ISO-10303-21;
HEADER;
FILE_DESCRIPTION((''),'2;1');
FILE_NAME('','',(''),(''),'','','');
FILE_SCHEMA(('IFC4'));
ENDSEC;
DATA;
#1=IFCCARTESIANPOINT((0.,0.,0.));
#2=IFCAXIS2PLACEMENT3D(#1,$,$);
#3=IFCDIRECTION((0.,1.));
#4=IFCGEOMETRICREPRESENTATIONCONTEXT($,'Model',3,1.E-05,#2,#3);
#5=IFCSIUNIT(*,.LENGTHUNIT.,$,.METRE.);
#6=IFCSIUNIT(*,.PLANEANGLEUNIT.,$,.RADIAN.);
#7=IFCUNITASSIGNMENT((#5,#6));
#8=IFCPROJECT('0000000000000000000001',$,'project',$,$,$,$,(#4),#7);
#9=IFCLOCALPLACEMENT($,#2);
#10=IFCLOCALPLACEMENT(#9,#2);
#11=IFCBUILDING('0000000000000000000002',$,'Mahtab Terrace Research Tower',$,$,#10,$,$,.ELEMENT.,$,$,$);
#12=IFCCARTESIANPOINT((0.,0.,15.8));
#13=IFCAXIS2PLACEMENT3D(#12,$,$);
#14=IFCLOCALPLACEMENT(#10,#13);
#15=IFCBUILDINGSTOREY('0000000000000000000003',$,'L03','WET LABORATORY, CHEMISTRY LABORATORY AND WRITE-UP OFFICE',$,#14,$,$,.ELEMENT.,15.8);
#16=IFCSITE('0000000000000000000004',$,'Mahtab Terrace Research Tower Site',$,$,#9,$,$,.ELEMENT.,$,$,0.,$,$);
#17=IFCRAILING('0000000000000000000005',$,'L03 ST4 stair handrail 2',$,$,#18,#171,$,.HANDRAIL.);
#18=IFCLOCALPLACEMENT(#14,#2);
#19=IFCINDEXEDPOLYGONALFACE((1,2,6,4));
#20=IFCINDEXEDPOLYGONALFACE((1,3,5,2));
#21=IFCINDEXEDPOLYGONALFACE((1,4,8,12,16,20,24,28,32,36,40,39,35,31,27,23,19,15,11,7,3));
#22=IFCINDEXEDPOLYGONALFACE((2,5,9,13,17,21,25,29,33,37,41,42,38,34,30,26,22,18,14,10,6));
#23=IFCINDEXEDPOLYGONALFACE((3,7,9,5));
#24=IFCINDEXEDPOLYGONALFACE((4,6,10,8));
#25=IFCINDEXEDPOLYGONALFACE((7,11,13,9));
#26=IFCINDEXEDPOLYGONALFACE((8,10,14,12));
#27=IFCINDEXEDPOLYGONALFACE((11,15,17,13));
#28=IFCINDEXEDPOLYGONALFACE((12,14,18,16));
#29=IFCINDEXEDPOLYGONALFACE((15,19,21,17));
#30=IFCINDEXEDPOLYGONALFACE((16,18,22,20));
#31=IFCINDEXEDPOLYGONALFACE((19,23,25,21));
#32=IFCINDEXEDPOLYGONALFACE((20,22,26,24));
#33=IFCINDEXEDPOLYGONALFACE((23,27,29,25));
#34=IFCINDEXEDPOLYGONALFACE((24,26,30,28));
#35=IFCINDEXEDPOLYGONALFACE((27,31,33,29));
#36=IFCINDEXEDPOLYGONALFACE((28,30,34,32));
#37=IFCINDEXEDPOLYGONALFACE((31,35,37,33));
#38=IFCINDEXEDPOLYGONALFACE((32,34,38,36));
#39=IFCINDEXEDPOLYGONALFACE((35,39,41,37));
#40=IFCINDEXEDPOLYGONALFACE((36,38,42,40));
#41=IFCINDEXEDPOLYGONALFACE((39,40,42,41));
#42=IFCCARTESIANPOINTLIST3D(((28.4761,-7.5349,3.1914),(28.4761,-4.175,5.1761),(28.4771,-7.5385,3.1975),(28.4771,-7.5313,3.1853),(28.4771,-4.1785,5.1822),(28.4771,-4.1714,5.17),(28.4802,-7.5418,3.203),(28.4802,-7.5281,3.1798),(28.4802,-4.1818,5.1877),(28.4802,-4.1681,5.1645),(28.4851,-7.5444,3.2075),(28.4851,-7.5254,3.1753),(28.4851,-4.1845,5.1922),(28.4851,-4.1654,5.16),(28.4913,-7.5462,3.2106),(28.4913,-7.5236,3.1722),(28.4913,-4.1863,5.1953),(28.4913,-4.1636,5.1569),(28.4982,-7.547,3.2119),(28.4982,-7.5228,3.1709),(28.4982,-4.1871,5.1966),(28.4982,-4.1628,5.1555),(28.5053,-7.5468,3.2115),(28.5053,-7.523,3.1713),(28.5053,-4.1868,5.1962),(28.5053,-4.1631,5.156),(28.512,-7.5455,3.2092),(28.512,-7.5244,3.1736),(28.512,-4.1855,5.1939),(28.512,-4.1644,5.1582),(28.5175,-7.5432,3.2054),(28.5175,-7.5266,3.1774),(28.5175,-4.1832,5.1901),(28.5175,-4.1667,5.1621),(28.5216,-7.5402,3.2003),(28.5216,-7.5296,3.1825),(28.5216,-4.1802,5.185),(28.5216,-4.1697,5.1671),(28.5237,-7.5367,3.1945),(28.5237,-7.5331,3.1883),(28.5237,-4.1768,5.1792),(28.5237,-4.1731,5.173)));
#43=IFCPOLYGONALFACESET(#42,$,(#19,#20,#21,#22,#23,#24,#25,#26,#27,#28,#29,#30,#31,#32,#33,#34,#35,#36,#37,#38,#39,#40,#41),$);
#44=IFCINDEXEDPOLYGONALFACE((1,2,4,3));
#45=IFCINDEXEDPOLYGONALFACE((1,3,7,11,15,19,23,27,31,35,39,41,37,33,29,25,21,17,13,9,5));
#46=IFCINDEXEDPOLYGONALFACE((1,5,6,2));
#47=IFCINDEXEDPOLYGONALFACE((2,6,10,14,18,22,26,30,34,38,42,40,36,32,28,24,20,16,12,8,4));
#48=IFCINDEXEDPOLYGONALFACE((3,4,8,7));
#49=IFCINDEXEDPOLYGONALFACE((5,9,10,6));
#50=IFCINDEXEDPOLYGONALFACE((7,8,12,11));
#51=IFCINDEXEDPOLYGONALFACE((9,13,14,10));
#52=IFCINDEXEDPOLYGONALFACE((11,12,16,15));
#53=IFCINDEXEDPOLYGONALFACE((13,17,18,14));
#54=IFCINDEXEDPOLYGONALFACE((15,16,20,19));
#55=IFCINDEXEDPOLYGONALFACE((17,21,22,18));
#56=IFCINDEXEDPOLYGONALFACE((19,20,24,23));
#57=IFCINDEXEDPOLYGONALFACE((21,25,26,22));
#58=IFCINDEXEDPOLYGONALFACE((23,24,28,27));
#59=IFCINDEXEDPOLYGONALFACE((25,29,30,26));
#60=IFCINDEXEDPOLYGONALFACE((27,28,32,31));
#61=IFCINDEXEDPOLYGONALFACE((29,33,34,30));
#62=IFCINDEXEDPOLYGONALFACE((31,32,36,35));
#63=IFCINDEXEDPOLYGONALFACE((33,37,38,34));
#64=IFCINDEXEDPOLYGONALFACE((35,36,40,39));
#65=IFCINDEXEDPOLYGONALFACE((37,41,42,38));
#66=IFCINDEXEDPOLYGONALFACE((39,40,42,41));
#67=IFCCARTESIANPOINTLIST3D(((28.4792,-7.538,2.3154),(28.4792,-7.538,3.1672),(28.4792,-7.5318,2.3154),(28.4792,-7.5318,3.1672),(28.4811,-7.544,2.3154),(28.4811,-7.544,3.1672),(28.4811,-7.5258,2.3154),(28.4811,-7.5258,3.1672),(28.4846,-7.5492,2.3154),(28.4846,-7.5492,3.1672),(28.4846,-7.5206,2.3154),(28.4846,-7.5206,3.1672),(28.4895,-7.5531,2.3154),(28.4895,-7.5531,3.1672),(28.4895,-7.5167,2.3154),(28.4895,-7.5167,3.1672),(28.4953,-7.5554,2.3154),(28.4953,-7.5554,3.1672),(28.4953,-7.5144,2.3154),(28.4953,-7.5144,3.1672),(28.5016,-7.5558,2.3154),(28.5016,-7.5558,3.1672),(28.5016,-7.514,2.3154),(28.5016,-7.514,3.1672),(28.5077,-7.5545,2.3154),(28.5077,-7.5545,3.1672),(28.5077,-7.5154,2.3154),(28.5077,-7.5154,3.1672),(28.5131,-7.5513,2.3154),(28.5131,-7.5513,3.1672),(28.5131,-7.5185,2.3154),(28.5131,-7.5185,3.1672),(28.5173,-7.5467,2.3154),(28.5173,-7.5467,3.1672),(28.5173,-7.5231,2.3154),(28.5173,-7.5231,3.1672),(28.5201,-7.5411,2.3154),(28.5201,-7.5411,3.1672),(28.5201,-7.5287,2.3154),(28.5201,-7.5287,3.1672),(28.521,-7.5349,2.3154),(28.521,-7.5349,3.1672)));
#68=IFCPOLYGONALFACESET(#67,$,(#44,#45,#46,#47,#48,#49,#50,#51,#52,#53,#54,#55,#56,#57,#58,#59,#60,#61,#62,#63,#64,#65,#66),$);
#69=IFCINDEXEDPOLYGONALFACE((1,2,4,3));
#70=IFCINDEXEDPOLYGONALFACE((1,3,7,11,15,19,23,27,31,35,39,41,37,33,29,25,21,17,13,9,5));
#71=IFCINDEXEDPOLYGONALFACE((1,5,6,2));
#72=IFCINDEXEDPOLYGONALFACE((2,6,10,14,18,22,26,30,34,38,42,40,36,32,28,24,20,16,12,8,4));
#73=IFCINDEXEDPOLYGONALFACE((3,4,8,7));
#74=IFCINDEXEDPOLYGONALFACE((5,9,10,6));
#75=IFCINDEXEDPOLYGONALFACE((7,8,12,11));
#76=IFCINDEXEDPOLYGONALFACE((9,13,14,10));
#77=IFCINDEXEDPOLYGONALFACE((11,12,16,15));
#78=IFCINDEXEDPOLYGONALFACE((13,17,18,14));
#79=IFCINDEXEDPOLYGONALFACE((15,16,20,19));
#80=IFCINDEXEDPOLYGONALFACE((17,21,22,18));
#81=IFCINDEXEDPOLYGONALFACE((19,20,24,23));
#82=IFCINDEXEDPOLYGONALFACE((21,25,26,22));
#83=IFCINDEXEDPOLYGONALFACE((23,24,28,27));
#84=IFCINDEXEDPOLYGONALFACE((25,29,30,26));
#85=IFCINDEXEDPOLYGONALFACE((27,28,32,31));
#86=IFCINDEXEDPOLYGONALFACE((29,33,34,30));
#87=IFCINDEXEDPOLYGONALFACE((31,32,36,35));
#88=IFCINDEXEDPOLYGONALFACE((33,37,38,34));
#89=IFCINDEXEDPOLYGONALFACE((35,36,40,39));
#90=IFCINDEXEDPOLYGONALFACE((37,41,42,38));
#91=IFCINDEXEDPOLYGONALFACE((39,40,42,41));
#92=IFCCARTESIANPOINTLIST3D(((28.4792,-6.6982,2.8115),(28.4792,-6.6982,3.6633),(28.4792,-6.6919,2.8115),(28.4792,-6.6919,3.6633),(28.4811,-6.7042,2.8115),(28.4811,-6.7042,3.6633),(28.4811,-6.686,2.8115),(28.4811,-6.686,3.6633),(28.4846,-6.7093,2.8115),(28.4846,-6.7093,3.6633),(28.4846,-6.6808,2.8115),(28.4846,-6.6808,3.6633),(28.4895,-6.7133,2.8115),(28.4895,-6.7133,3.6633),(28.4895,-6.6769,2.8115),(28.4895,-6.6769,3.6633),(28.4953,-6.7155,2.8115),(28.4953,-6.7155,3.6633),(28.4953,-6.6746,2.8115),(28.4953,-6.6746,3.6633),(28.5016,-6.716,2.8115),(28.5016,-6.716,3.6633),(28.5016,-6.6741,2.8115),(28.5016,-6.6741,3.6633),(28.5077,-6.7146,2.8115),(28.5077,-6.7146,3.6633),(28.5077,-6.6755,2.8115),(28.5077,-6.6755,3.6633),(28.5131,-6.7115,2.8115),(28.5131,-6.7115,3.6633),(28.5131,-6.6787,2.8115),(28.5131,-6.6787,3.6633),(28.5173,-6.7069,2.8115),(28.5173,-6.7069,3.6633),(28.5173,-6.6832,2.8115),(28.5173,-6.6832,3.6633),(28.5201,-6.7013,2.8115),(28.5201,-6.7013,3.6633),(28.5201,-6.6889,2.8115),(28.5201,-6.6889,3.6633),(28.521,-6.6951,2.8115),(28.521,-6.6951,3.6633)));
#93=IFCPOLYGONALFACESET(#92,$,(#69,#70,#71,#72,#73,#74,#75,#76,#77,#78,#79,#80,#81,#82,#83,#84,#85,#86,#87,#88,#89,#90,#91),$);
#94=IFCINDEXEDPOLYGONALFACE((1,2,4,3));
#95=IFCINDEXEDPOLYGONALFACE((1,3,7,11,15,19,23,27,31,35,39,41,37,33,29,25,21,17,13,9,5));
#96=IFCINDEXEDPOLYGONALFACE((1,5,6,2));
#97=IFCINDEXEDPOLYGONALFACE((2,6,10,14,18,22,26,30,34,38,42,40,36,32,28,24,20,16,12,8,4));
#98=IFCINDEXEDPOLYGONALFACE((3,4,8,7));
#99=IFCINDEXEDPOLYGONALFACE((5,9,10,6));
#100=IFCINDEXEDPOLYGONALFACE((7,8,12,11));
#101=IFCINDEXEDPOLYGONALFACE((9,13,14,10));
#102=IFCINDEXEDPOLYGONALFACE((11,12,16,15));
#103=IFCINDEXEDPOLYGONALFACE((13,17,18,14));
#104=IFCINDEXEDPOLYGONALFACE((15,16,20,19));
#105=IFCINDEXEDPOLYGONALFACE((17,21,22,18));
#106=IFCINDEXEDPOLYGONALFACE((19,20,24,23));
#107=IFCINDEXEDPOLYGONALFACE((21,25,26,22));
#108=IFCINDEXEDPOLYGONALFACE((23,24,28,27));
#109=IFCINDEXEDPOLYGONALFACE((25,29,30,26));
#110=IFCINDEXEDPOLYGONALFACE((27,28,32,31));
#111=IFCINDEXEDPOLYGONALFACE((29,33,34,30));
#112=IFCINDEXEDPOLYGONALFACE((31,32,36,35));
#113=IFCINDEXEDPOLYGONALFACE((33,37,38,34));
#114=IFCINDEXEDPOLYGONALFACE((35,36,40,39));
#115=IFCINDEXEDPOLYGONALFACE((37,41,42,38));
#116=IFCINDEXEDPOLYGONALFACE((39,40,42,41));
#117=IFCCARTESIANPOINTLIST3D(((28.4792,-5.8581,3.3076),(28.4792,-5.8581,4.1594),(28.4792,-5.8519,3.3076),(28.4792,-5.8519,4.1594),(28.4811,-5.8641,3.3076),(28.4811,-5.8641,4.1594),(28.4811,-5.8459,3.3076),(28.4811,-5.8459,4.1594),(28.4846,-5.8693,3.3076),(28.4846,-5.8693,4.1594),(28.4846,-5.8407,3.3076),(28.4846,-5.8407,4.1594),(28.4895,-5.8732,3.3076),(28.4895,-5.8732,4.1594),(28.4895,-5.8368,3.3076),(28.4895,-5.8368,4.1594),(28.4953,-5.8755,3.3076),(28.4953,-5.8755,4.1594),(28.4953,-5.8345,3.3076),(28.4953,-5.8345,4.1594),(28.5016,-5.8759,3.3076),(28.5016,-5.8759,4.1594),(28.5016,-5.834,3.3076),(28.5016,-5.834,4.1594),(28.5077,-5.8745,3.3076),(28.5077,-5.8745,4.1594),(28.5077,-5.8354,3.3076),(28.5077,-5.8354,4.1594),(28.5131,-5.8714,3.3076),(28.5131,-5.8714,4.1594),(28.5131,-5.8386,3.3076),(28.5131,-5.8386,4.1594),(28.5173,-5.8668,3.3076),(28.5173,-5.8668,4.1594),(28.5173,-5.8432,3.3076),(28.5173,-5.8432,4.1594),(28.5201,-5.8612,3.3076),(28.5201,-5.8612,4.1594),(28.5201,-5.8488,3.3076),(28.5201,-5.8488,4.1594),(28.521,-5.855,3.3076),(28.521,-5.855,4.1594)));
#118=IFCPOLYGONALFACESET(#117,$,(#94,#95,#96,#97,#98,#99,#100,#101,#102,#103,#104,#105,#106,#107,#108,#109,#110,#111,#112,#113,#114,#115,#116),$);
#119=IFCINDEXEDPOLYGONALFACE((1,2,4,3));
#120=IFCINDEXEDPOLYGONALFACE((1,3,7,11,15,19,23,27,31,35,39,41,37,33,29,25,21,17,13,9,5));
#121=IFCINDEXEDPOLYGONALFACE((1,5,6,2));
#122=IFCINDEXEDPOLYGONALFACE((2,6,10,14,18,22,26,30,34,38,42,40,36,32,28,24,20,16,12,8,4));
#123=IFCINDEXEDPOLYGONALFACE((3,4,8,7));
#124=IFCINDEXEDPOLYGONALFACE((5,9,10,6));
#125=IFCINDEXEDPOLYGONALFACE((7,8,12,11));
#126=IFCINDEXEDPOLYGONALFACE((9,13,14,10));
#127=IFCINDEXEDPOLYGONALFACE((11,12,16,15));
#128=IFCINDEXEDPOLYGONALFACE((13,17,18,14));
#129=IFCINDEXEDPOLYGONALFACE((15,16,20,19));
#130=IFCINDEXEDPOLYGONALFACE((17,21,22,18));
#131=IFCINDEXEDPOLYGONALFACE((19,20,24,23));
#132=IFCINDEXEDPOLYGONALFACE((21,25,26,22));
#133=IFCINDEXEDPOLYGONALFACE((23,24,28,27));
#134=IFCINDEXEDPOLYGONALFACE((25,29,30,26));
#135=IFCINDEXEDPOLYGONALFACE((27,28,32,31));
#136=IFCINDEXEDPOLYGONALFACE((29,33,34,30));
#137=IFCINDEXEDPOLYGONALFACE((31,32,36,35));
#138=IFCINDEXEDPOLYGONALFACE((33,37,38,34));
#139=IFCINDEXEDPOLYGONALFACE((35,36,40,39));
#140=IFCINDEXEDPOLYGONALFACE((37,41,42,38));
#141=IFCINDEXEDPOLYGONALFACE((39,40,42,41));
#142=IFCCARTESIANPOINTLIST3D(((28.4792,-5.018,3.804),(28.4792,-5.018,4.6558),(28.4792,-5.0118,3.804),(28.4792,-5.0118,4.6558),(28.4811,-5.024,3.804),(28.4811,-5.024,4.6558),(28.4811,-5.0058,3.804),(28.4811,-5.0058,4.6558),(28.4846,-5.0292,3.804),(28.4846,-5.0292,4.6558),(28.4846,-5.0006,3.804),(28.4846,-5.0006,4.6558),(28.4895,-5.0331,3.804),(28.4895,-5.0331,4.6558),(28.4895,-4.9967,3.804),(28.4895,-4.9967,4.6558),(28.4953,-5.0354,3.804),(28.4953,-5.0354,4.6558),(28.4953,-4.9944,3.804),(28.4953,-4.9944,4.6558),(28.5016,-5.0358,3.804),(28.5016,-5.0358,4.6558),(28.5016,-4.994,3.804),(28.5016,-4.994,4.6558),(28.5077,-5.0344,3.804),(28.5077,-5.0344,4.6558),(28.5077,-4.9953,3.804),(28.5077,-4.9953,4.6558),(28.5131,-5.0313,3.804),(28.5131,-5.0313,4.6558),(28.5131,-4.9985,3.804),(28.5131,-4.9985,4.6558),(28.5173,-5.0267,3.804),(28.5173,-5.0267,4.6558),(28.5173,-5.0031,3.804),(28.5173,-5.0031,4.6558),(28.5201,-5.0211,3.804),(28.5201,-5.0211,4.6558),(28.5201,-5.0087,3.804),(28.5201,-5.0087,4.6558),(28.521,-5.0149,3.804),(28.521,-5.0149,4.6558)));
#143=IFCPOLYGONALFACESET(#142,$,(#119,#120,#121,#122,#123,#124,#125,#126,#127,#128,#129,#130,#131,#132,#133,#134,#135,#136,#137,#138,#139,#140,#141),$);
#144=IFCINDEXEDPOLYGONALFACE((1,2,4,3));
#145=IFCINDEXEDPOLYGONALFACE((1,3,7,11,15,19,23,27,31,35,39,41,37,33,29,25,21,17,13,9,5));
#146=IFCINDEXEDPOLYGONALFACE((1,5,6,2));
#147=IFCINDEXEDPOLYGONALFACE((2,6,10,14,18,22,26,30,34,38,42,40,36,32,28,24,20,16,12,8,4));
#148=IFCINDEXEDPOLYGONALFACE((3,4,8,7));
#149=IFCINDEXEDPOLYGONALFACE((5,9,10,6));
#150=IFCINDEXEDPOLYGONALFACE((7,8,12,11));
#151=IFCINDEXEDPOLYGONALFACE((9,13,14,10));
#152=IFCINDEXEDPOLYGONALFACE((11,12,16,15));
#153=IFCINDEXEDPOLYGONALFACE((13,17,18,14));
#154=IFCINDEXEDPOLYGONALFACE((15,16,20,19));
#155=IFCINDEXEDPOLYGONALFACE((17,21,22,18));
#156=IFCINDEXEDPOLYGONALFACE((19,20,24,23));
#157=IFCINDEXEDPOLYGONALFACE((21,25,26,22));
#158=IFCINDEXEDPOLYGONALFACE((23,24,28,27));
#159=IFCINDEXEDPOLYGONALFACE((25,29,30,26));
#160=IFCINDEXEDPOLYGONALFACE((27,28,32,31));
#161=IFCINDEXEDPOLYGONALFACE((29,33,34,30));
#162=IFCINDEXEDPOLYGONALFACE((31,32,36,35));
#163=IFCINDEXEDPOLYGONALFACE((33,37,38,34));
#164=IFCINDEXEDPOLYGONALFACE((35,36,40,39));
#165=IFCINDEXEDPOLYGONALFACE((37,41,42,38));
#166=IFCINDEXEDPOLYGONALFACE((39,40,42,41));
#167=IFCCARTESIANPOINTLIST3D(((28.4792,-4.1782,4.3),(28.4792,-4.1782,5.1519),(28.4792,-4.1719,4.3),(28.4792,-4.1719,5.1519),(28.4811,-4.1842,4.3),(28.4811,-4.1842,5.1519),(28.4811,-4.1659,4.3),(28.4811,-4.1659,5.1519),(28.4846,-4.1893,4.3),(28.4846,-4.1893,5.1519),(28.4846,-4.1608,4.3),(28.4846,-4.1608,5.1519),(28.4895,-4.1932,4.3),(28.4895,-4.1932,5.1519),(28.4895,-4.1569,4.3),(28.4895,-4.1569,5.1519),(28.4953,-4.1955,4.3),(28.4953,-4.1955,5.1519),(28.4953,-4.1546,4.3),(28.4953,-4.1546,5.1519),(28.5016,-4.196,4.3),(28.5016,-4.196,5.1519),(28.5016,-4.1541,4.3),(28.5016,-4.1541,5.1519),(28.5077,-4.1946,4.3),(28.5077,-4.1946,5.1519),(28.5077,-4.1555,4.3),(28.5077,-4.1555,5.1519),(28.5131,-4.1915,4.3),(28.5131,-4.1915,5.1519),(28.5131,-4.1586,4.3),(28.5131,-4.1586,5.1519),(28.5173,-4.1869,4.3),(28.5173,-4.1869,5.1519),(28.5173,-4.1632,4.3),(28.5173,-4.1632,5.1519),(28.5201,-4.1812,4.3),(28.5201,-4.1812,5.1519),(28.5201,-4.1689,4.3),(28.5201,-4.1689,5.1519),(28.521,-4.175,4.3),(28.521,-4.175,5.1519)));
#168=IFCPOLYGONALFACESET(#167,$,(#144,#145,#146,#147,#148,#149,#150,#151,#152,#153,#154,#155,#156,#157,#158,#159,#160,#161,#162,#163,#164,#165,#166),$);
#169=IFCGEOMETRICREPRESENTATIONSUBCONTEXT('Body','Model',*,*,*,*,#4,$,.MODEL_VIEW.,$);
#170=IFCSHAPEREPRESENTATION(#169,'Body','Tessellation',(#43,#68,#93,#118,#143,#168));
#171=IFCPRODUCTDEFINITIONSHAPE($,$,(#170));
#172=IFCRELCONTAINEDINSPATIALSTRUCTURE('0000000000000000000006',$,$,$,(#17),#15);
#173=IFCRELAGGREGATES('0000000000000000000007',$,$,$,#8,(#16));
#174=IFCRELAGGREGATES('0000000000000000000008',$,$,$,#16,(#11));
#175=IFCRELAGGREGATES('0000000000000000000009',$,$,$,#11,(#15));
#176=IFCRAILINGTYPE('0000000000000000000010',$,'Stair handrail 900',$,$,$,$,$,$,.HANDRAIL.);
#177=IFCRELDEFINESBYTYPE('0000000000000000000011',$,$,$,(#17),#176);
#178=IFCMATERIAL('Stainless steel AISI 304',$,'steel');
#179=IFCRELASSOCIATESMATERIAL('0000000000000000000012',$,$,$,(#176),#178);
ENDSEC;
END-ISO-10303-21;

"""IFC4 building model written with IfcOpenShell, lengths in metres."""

from ifc_helpers import new_model, si_unit, direction, frame, origin, origin_2d, place, context, subcontext, project, spatial, circle, extrude, material, type_object, element, save


model = new_model("IFC4")

# Units and contexts
model_context = context("Model", 3, precision=1e-05, world=origin(), true_north=direction((0.0, 1.0)))
body_context = subcontext(model_context, "Body", "Model", "MODEL_VIEW")
ifc_project = project(units=[si_unit("LENGTHUNIT", "METRE"), si_unit("PLANEANGLEUNIT", "RADIAN")], contexts=[model_context])

# Site, building, storey
site_placement = place(None, origin())
site = spatial("IfcSite", under=ifc_project, at=site_placement, Name="Mahtab Terrace Research Tower Site", CompositionType="ELEMENT", RefElevation=0.0)
building_placement = place(site_placement, origin())
building = spatial("IfcBuilding", under=site, at=building_placement, Name="Mahtab Terrace Research Tower", CompositionType="ELEMENT")
storey_placement = place(building_placement, frame((0.0, 0.0, 15.8)))
storey = spatial("IfcBuildingStorey", under=building, at=storey_placement, Name="L03", Description="WET LABORATORY, CHEMISTRY LABORATORY AND WRITE-UP OFFICE", CompositionType="ELEMENT", Elevation=15.8)

# Shared definitions
ifc_material_1 = material(Name="Stainless steel AISI 304", Category="steel")

# Railing
railing_type_1 = type_object("IfcRailingType", Name="Stair handrail 900", PredefinedType="HANDRAIL", material=ifc_material_1)
railing_1_placement = place(storey_placement, frame((28.5, -7.5349, 2.3154)))
element("IfcRailing", 1, at=railing_1_placement, inside=storey, type_object=railing_type_1, Name="L03 ST4 stair handrail 2", PredefinedType="HANDRAIL", context=body_context, shape_type="SweptSolid", body=[
    extrude(circle(Radius=0.0239, at=origin_2d()), frame((0.0, 0.0, 0.876), z_axis=(0.0, 0.861011, 0.508586), x_axis=(-1.0, 0.0, 0.0)), (0.0, 0.0, 1.0), 3.9023),
    extrude(circle(Radius=0.021, at=origin_2d()), origin(), (0.0, 0.0, 1.0), 0.8518),
    extrude(circle(Radius=0.021, at=origin_2d()), frame((0.0, 0.8398, 0.4961)), (0.0, 0.0, 1.0), 0.8518),
    extrude(circle(Radius=0.021, at=origin_2d()), frame((0.0, 1.6799, 0.9922)), (0.0, 0.0, 1.0), 0.8518),
    extrude(circle(Radius=0.021, at=origin_2d()), frame((0.0, 2.52, 1.4885)), (0.0, 0.0, 1.0), 0.8518),
    extrude(circle(Radius=0.021, at=origin_2d()), frame((0.0, 3.3599, 1.9846)), (0.0, 0.0, 1.0), 0.8518),
])

save(model, "model.ifc")
